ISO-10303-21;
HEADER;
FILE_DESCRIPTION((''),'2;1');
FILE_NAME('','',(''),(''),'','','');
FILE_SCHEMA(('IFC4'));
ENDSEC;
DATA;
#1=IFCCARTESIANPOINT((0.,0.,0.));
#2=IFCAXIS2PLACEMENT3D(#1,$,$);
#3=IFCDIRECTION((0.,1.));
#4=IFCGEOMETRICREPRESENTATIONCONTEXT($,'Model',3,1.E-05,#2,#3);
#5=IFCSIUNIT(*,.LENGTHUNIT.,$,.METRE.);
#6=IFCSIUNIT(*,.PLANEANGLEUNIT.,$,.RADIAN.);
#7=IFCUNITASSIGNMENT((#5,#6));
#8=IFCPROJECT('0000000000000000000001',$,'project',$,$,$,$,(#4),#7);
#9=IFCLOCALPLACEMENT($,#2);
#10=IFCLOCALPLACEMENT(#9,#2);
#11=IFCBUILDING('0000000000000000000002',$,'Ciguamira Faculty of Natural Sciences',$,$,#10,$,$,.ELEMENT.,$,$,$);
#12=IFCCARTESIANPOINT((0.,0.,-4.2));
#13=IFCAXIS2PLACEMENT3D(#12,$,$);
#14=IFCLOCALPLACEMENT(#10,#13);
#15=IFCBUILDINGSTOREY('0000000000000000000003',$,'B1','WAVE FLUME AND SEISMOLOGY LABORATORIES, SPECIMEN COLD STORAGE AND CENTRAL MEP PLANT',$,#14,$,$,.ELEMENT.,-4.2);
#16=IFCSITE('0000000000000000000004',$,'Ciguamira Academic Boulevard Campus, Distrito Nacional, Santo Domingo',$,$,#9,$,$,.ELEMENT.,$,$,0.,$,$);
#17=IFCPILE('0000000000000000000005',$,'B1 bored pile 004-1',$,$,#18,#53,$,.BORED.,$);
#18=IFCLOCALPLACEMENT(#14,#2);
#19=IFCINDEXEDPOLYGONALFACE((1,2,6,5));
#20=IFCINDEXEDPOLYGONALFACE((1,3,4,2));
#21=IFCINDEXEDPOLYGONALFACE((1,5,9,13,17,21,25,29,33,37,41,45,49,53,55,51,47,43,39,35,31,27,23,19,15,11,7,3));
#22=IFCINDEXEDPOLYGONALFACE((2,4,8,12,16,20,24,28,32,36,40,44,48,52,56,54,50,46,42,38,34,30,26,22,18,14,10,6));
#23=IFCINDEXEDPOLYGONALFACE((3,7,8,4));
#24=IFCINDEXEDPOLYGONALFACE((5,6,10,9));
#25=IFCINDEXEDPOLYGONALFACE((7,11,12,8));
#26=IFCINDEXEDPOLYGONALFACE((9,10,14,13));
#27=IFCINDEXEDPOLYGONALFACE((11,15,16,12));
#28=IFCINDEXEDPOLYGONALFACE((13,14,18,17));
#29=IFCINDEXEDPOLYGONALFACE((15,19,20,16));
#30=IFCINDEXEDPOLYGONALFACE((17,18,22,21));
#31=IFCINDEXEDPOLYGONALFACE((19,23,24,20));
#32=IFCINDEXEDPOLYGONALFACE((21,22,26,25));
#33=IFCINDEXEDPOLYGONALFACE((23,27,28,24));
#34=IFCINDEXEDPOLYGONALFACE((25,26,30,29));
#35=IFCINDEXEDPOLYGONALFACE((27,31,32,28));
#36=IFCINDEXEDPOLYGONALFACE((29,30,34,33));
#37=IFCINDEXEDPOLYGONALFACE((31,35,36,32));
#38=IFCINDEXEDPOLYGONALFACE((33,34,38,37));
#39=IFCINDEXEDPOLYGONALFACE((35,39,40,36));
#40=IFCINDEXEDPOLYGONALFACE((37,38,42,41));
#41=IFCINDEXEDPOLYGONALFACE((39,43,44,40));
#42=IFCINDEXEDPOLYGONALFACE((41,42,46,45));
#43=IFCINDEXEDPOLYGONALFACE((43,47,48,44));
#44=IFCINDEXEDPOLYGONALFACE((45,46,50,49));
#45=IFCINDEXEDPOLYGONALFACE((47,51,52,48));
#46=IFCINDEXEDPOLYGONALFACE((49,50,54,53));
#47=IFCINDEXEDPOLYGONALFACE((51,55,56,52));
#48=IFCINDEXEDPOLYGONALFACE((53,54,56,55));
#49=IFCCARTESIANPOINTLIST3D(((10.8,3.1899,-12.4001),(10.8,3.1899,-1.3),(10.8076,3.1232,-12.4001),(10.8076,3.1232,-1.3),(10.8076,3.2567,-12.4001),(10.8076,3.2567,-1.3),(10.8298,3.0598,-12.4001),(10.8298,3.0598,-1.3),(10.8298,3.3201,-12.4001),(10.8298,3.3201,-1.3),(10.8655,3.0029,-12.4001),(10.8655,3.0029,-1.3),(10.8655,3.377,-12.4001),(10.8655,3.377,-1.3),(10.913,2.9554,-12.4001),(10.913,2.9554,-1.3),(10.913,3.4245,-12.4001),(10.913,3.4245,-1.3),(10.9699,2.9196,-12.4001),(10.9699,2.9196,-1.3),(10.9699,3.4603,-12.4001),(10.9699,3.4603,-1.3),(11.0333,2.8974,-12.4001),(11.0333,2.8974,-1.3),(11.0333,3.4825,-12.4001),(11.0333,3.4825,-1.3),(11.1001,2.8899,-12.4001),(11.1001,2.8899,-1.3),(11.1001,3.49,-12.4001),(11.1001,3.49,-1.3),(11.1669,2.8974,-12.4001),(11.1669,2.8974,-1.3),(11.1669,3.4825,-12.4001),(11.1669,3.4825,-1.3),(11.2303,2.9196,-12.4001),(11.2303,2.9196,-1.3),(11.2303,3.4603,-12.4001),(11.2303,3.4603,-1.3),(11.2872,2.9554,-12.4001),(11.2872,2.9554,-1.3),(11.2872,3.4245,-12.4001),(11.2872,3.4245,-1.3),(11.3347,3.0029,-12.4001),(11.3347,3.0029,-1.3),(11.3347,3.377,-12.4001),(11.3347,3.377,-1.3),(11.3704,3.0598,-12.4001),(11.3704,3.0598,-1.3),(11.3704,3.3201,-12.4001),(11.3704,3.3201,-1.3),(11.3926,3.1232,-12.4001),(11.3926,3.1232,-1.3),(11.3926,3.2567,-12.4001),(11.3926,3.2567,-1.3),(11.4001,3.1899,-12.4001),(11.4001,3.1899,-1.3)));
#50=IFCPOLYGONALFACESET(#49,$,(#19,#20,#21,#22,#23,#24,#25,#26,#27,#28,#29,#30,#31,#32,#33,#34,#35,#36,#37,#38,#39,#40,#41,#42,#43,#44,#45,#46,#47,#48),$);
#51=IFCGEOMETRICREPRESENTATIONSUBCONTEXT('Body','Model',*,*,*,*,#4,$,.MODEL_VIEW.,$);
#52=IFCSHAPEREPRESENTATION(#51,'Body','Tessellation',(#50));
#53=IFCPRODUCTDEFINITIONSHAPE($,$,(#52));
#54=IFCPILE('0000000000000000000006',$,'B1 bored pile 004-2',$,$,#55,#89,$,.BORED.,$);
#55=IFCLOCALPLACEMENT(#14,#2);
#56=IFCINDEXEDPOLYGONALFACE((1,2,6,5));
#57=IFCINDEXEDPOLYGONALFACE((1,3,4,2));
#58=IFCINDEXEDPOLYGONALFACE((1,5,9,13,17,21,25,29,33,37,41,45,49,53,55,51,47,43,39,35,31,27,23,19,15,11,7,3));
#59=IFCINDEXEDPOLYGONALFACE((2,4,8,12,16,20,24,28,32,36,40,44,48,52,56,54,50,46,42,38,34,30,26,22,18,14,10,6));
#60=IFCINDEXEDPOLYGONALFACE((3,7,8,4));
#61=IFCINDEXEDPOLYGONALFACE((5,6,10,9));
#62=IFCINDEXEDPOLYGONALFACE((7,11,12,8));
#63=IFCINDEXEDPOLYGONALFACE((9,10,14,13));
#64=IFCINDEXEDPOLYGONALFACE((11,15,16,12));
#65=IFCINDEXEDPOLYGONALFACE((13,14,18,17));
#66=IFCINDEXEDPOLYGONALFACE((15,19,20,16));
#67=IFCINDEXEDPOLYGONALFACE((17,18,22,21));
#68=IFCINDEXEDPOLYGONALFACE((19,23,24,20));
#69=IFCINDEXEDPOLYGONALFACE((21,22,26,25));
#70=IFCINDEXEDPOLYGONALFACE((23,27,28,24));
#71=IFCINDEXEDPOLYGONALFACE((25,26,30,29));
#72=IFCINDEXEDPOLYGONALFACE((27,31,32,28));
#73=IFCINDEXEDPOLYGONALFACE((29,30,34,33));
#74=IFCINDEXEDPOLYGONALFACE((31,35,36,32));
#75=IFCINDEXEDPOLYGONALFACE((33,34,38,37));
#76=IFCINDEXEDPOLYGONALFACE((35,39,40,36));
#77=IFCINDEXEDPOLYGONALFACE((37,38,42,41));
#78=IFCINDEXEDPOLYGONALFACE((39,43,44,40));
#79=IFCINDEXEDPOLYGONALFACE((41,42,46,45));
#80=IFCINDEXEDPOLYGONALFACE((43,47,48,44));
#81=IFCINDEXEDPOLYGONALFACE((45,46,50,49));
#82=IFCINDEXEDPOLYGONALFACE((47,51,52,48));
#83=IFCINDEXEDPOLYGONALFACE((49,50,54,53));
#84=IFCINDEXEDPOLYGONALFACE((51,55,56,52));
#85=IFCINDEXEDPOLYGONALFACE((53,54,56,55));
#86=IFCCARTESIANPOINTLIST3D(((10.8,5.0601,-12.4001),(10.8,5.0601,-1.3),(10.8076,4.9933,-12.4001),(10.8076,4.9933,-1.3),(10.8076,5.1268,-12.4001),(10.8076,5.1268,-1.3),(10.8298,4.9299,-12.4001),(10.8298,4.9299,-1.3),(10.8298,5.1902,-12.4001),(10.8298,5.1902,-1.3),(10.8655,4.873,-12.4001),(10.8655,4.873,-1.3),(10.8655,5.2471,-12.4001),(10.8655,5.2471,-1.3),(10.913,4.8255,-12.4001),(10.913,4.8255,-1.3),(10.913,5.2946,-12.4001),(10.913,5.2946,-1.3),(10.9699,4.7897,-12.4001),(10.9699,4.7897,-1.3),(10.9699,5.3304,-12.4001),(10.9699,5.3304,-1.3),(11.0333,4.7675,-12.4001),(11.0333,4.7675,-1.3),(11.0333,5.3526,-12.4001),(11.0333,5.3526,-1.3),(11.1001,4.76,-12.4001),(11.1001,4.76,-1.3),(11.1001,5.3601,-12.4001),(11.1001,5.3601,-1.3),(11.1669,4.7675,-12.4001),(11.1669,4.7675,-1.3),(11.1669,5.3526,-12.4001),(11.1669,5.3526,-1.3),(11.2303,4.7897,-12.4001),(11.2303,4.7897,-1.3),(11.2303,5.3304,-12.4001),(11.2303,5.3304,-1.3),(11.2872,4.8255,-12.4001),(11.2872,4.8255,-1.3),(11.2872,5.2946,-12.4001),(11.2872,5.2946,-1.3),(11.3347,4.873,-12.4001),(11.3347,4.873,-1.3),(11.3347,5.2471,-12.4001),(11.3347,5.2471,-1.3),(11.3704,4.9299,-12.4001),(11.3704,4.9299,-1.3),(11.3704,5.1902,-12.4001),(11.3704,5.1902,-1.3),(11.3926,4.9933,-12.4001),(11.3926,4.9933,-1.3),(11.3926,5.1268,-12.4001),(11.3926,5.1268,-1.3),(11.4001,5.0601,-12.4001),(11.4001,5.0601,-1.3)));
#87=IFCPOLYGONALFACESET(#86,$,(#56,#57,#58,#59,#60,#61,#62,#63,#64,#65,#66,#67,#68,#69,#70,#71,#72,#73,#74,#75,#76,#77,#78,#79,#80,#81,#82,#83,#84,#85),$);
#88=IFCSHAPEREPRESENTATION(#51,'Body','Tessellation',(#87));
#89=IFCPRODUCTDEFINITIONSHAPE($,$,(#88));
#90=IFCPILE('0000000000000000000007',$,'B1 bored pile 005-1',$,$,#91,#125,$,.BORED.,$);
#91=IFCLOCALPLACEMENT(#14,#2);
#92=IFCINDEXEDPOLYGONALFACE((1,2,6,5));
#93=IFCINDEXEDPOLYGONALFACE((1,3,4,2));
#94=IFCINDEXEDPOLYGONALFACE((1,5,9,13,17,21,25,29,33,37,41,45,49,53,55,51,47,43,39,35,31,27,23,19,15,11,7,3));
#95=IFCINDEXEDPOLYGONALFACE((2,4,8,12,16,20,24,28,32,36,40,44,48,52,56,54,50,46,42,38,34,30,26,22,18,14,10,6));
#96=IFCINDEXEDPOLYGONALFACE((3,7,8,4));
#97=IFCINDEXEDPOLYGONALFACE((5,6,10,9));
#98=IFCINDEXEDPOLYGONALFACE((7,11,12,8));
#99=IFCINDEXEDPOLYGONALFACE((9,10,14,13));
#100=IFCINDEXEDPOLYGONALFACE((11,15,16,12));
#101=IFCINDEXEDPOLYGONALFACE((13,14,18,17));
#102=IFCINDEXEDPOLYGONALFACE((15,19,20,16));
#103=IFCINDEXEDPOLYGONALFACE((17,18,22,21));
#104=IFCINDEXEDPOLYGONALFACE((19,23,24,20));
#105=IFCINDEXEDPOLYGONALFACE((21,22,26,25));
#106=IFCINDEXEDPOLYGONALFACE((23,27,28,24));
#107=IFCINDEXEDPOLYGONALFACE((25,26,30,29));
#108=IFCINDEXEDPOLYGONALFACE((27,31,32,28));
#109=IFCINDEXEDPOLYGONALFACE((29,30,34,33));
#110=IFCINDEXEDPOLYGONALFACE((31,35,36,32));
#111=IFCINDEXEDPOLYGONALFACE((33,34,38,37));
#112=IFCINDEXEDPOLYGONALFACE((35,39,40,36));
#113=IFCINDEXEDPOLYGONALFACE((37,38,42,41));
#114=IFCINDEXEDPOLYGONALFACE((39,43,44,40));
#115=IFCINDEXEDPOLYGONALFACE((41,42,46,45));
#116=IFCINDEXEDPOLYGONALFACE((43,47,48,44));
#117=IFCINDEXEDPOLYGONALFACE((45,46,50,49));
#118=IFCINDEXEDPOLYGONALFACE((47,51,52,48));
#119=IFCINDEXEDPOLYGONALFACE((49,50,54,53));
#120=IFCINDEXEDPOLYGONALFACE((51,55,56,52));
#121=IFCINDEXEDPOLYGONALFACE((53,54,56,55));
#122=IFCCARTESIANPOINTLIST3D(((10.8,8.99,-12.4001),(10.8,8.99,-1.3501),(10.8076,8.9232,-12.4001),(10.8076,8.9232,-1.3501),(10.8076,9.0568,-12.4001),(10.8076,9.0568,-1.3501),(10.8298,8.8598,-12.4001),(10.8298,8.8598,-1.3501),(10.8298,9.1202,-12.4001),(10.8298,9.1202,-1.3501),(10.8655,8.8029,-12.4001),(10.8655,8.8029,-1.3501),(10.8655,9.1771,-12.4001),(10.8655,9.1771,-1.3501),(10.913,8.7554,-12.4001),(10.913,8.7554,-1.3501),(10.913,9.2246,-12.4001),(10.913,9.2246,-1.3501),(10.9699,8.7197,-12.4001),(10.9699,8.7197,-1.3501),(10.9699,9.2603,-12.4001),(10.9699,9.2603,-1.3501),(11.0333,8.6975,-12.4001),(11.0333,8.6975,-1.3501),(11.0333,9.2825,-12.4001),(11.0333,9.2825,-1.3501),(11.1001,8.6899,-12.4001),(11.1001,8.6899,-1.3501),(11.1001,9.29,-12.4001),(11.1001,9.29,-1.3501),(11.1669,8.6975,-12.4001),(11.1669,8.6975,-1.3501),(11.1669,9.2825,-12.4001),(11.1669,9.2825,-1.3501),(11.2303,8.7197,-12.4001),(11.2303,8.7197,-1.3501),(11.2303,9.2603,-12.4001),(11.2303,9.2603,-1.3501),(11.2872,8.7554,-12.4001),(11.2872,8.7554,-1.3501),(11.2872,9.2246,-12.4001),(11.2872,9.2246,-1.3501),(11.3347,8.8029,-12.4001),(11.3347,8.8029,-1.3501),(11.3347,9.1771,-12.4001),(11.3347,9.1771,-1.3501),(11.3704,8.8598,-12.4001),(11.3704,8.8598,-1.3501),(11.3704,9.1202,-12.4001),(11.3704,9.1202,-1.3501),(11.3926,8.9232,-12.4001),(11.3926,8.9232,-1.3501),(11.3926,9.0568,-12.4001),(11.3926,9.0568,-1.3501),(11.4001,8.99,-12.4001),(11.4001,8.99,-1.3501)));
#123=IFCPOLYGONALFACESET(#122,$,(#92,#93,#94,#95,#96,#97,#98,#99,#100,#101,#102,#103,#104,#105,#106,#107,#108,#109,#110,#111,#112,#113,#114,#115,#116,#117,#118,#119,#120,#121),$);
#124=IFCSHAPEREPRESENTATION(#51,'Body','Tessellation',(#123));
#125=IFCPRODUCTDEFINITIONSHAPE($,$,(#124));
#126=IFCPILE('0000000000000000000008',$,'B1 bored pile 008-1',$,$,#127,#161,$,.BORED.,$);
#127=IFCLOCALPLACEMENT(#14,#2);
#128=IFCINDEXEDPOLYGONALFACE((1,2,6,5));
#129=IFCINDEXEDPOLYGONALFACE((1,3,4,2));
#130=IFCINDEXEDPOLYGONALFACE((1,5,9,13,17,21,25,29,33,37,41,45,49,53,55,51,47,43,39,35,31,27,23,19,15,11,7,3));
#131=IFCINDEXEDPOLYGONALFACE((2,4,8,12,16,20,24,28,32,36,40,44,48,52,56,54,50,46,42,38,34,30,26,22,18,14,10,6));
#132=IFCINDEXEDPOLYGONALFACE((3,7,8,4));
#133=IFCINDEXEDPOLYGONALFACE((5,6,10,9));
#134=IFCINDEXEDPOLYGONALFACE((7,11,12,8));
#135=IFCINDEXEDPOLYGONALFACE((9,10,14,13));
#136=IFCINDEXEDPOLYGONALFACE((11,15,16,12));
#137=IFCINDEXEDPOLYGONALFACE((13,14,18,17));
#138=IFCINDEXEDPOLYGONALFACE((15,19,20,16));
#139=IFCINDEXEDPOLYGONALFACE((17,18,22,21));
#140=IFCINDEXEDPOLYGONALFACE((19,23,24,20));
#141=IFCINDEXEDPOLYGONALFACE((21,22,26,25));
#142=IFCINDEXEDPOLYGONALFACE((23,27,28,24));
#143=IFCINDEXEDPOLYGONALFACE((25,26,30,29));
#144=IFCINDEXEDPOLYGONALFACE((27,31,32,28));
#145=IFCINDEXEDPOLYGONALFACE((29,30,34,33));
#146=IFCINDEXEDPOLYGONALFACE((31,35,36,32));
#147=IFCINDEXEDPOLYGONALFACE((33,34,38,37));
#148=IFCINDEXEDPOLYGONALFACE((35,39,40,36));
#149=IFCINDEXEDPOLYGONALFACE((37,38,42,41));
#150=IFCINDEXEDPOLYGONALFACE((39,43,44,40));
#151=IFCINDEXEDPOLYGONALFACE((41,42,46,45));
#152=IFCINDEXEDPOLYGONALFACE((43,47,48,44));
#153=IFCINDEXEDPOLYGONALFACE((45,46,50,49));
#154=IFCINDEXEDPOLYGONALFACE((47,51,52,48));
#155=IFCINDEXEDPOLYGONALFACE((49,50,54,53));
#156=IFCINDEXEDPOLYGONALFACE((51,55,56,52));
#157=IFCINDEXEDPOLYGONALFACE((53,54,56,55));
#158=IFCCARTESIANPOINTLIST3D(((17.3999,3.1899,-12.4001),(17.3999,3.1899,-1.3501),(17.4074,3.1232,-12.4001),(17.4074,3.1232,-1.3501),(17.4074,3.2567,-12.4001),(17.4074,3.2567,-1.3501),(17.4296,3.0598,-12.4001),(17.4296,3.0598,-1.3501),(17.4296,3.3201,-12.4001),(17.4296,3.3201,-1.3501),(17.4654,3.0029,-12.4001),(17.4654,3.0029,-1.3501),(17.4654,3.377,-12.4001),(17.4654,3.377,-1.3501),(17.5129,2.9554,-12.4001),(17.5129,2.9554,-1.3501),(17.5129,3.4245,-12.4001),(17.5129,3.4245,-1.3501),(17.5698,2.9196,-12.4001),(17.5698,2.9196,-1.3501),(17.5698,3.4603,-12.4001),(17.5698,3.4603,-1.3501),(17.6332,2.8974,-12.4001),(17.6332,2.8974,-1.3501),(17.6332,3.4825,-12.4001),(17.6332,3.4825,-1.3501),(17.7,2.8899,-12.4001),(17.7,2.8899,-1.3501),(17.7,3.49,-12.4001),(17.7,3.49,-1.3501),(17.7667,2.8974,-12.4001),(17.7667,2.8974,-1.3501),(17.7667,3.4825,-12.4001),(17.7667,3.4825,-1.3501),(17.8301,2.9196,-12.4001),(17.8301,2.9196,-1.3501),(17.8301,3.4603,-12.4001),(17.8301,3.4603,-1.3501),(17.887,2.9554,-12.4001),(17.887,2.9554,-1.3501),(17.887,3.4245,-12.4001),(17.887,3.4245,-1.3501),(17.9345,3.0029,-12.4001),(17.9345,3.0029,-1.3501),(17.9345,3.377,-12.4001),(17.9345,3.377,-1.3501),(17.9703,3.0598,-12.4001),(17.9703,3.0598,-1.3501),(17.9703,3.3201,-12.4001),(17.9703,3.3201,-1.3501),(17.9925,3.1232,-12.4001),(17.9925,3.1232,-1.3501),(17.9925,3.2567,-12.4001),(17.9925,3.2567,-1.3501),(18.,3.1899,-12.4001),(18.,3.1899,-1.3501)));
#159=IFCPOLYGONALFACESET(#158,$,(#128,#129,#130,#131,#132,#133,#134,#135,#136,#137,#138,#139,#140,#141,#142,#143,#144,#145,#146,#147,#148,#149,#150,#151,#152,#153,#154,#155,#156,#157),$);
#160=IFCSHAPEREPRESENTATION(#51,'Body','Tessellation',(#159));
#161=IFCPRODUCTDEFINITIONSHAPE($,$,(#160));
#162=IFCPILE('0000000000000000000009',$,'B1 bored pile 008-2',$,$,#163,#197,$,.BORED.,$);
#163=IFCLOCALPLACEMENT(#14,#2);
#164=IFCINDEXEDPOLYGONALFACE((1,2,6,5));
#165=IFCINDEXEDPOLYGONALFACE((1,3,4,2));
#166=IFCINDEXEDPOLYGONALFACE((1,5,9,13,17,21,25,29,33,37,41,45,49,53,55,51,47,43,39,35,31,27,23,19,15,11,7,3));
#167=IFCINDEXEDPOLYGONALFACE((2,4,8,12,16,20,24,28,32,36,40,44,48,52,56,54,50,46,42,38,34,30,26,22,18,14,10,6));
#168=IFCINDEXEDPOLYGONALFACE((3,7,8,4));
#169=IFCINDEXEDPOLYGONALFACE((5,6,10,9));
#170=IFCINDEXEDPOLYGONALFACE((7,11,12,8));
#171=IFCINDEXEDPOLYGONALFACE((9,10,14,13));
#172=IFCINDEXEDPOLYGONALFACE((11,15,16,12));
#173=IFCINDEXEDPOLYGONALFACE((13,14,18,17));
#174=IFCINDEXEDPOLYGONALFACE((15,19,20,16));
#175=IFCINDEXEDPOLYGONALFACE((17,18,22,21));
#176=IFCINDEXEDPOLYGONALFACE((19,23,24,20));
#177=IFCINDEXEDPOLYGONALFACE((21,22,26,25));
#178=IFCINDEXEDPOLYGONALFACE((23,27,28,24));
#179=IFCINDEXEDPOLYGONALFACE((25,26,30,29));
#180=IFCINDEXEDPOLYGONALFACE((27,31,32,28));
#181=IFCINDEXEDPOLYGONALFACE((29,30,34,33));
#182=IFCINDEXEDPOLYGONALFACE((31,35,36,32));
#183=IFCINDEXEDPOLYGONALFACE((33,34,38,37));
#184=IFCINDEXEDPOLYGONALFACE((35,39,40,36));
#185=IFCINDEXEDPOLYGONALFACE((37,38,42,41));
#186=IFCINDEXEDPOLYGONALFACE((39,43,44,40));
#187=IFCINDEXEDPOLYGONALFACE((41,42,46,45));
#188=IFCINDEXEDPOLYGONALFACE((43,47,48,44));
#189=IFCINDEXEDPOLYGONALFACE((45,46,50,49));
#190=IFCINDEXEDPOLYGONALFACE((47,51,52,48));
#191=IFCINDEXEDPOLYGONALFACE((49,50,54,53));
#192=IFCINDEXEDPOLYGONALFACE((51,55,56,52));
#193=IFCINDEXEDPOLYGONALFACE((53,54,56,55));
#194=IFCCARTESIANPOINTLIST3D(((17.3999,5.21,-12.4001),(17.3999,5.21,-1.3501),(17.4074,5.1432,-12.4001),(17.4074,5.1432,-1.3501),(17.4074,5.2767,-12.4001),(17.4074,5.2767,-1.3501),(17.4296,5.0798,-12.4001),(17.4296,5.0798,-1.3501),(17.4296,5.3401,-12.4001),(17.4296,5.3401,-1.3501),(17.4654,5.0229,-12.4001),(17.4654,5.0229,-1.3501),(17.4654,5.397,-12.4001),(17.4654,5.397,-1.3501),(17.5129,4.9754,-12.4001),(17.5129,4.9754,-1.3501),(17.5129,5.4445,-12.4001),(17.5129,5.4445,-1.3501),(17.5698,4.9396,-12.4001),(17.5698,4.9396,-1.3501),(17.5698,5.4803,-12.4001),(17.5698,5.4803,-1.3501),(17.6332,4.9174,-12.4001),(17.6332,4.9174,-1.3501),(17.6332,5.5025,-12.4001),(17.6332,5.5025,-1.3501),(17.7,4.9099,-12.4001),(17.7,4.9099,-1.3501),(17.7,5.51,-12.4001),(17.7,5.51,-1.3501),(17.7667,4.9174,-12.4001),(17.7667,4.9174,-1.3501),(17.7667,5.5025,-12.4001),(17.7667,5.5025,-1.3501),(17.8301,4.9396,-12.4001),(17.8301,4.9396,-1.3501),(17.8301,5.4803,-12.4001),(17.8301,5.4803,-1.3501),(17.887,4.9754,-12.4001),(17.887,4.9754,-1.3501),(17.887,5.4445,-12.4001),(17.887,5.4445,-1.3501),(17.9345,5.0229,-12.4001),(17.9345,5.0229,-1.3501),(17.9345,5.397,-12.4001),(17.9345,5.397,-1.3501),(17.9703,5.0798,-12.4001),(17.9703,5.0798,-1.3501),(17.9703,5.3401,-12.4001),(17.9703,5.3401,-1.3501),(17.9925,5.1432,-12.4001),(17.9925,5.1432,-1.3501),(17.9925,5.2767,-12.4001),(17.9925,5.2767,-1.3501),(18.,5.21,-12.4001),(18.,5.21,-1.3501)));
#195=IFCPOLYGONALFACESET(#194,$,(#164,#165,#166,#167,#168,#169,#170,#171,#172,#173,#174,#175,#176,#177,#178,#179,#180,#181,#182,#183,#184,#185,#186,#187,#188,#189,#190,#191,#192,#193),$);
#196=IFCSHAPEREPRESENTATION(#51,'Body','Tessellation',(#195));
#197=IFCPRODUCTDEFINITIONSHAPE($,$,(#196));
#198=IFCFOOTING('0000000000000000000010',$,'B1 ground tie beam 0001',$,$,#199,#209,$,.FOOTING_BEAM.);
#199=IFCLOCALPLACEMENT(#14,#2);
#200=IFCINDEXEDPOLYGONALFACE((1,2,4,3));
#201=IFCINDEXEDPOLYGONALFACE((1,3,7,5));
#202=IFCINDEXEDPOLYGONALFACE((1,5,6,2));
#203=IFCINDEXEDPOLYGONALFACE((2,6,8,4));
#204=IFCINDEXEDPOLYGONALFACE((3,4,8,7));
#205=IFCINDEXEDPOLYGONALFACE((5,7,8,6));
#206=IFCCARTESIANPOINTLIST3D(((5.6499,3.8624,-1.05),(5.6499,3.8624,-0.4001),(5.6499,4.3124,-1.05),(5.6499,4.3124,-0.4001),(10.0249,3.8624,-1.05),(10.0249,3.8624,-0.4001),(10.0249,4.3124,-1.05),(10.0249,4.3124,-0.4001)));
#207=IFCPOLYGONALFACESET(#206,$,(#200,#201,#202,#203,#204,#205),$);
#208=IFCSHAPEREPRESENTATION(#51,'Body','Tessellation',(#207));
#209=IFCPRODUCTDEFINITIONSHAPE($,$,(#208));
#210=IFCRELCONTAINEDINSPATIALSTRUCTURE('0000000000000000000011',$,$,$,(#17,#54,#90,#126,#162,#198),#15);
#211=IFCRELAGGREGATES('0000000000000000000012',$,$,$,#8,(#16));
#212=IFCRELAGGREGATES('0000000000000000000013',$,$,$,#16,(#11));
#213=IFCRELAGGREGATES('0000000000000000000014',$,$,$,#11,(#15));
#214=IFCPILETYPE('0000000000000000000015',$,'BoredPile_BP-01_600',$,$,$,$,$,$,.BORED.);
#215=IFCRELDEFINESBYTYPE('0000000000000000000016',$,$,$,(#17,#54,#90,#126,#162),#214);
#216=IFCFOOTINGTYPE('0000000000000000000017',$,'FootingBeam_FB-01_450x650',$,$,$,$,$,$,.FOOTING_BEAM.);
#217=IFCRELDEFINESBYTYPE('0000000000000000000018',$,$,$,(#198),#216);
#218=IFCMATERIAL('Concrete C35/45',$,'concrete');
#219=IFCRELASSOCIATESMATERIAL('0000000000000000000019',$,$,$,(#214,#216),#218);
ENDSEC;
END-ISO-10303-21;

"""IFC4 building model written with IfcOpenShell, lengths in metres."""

from ifc_helpers import new_model, si_unit, direction, frame, origin, origin_2d, place, context, subcontext, project, spatial, rectangle, circle, extrude, material, material_profile, profile_set, type_object, element, save


model = new_model("IFC4")

# Units and contexts
model_context = context("Model", 3, precision=1e-05, world=origin(), true_north=direction((0.0, 1.0)))
body_context = subcontext(model_context, "Body", "Model", "MODEL_VIEW")
ifc_project = project(units=[si_unit("LENGTHUNIT", "METRE"), si_unit("PLANEANGLEUNIT", "RADIAN")], contexts=[model_context])

# Site, building, storey
site_placement = place(None, origin())
site = spatial("IfcSite", under=ifc_project, at=site_placement, Name="Ciguamira Academic Boulevard Campus, Distrito Nacional, Santo Domingo", CompositionType="ELEMENT", RefElevation=0.0)
building_placement = place(site_placement, origin())
building = spatial("IfcBuilding", under=site, at=building_placement, Name="Ciguamira Faculty of Natural Sciences", CompositionType="ELEMENT")
storey_placement = place(building_placement, frame((0.0, 0.0, -4.2)))
storey = spatial("IfcBuildingStorey", under=building, at=storey_placement, Name="B1", Description="WAVE FLUME AND SEISMOLOGY LABORATORIES, SPECIMEN COLD STORAGE AND CENTRAL MEP PLANT", CompositionType="ELEMENT", Elevation=-4.2)

# Piles
ifc_material_1 = material(Name="Concrete C35/45", Category="concrete")
ifc_material_profile_1 = material_profile(ifc_material_1, circle(Radius=0.3, at=origin_2d()), Name="PILE-BORED-600")
ifc_profile_set_1 = profile_set([ifc_material_profile_1], Name="Concrete C35/45")
pile_type = type_object("IfcPileType", Name="BoredPile_BP-01_600", PredefinedType="BORED", material=ifc_profile_set_1)
for number, where, z_axis, x_axis, name in (
    (1, (11.1001, 3.1899, -1.3), (0.0, 0.0, -1.0), (1.0, 0.0, 0.0), "B1 bored pile 004-1"),
    (2, (11.1001, 5.0601, -1.3), (0.0, 0.0, -1.0), (1.0, 0.0, 0.0), "B1 bored pile 004-2"),
):
    element("IfcPile", number, at=place(storey_placement, frame(where, z_axis=z_axis, x_axis=x_axis)), inside=storey, type_object=pile_type, Name=name, PredefinedType="BORED", context=body_context, shape_type="SweptSolid", body=[
        extrude(circle(Radius=0.3, at=origin_2d()), origin(), (0.0, 0.0, 1.0), 11.1001),
    ])
for number, where, z_axis, x_axis, name in (
    (3, (11.1001, 8.99, -1.3501), (0.0, 0.0, -1.0), (1.0, 0.0, 0.0), "B1 bored pile 005-1"),
    (4, (17.7, 3.1899, -1.3501), (0.0, 0.0, -1.0), (1.0, 0.0, 0.0), "B1 bored pile 008-1"),
    (5, (17.7, 5.21, -1.3501), (0.0, 0.0, -1.0), (1.0, 0.0, 0.0), "B1 bored pile 008-2"),
):
    element("IfcPile", number, at=place(storey_placement, frame(where, z_axis=z_axis, x_axis=x_axis)), inside=storey, type_object=pile_type, Name=name, PredefinedType="BORED", context=body_context, shape_type="SweptSolid", body=[
        extrude(circle(Radius=0.3, at=origin_2d()), origin(), (0.0, 0.0, 1.0), 11.05),
    ])

# Footing
ifc_material_profile_2 = material_profile(ifc_material_1, rectangle(XDim=0.45, YDim=0.6499, at=origin_2d()), Name="RC-FB-450X650")
ifc_profile_set_2 = profile_set([ifc_material_profile_2], Name="Concrete C35/45")
footing_type_1 = type_object("IfcFootingType", Name="FootingBeam_FB-01_450x650", PredefinedType="FOOTING_BEAM", material=ifc_profile_set_2)
footing_1_placement = place(storey_placement, frame((5.6499, 4.0874, -0.7251), z_axis=(1.0, 0.0, 0.0), x_axis=(0.0, 1.0, 0.0)))
element("IfcFooting", 6, at=footing_1_placement, inside=storey, type_object=footing_type_1, Name="B1 ground tie beam 0001", PredefinedType="FOOTING_BEAM", context=body_context, shape_type="SweptSolid", body=[
    extrude(rectangle(XDim=0.45, YDim=0.6499, at=origin_2d()), origin(), (0.0, 0.0, 1.0), 4.375),
])

save(model, "model.ifc")
